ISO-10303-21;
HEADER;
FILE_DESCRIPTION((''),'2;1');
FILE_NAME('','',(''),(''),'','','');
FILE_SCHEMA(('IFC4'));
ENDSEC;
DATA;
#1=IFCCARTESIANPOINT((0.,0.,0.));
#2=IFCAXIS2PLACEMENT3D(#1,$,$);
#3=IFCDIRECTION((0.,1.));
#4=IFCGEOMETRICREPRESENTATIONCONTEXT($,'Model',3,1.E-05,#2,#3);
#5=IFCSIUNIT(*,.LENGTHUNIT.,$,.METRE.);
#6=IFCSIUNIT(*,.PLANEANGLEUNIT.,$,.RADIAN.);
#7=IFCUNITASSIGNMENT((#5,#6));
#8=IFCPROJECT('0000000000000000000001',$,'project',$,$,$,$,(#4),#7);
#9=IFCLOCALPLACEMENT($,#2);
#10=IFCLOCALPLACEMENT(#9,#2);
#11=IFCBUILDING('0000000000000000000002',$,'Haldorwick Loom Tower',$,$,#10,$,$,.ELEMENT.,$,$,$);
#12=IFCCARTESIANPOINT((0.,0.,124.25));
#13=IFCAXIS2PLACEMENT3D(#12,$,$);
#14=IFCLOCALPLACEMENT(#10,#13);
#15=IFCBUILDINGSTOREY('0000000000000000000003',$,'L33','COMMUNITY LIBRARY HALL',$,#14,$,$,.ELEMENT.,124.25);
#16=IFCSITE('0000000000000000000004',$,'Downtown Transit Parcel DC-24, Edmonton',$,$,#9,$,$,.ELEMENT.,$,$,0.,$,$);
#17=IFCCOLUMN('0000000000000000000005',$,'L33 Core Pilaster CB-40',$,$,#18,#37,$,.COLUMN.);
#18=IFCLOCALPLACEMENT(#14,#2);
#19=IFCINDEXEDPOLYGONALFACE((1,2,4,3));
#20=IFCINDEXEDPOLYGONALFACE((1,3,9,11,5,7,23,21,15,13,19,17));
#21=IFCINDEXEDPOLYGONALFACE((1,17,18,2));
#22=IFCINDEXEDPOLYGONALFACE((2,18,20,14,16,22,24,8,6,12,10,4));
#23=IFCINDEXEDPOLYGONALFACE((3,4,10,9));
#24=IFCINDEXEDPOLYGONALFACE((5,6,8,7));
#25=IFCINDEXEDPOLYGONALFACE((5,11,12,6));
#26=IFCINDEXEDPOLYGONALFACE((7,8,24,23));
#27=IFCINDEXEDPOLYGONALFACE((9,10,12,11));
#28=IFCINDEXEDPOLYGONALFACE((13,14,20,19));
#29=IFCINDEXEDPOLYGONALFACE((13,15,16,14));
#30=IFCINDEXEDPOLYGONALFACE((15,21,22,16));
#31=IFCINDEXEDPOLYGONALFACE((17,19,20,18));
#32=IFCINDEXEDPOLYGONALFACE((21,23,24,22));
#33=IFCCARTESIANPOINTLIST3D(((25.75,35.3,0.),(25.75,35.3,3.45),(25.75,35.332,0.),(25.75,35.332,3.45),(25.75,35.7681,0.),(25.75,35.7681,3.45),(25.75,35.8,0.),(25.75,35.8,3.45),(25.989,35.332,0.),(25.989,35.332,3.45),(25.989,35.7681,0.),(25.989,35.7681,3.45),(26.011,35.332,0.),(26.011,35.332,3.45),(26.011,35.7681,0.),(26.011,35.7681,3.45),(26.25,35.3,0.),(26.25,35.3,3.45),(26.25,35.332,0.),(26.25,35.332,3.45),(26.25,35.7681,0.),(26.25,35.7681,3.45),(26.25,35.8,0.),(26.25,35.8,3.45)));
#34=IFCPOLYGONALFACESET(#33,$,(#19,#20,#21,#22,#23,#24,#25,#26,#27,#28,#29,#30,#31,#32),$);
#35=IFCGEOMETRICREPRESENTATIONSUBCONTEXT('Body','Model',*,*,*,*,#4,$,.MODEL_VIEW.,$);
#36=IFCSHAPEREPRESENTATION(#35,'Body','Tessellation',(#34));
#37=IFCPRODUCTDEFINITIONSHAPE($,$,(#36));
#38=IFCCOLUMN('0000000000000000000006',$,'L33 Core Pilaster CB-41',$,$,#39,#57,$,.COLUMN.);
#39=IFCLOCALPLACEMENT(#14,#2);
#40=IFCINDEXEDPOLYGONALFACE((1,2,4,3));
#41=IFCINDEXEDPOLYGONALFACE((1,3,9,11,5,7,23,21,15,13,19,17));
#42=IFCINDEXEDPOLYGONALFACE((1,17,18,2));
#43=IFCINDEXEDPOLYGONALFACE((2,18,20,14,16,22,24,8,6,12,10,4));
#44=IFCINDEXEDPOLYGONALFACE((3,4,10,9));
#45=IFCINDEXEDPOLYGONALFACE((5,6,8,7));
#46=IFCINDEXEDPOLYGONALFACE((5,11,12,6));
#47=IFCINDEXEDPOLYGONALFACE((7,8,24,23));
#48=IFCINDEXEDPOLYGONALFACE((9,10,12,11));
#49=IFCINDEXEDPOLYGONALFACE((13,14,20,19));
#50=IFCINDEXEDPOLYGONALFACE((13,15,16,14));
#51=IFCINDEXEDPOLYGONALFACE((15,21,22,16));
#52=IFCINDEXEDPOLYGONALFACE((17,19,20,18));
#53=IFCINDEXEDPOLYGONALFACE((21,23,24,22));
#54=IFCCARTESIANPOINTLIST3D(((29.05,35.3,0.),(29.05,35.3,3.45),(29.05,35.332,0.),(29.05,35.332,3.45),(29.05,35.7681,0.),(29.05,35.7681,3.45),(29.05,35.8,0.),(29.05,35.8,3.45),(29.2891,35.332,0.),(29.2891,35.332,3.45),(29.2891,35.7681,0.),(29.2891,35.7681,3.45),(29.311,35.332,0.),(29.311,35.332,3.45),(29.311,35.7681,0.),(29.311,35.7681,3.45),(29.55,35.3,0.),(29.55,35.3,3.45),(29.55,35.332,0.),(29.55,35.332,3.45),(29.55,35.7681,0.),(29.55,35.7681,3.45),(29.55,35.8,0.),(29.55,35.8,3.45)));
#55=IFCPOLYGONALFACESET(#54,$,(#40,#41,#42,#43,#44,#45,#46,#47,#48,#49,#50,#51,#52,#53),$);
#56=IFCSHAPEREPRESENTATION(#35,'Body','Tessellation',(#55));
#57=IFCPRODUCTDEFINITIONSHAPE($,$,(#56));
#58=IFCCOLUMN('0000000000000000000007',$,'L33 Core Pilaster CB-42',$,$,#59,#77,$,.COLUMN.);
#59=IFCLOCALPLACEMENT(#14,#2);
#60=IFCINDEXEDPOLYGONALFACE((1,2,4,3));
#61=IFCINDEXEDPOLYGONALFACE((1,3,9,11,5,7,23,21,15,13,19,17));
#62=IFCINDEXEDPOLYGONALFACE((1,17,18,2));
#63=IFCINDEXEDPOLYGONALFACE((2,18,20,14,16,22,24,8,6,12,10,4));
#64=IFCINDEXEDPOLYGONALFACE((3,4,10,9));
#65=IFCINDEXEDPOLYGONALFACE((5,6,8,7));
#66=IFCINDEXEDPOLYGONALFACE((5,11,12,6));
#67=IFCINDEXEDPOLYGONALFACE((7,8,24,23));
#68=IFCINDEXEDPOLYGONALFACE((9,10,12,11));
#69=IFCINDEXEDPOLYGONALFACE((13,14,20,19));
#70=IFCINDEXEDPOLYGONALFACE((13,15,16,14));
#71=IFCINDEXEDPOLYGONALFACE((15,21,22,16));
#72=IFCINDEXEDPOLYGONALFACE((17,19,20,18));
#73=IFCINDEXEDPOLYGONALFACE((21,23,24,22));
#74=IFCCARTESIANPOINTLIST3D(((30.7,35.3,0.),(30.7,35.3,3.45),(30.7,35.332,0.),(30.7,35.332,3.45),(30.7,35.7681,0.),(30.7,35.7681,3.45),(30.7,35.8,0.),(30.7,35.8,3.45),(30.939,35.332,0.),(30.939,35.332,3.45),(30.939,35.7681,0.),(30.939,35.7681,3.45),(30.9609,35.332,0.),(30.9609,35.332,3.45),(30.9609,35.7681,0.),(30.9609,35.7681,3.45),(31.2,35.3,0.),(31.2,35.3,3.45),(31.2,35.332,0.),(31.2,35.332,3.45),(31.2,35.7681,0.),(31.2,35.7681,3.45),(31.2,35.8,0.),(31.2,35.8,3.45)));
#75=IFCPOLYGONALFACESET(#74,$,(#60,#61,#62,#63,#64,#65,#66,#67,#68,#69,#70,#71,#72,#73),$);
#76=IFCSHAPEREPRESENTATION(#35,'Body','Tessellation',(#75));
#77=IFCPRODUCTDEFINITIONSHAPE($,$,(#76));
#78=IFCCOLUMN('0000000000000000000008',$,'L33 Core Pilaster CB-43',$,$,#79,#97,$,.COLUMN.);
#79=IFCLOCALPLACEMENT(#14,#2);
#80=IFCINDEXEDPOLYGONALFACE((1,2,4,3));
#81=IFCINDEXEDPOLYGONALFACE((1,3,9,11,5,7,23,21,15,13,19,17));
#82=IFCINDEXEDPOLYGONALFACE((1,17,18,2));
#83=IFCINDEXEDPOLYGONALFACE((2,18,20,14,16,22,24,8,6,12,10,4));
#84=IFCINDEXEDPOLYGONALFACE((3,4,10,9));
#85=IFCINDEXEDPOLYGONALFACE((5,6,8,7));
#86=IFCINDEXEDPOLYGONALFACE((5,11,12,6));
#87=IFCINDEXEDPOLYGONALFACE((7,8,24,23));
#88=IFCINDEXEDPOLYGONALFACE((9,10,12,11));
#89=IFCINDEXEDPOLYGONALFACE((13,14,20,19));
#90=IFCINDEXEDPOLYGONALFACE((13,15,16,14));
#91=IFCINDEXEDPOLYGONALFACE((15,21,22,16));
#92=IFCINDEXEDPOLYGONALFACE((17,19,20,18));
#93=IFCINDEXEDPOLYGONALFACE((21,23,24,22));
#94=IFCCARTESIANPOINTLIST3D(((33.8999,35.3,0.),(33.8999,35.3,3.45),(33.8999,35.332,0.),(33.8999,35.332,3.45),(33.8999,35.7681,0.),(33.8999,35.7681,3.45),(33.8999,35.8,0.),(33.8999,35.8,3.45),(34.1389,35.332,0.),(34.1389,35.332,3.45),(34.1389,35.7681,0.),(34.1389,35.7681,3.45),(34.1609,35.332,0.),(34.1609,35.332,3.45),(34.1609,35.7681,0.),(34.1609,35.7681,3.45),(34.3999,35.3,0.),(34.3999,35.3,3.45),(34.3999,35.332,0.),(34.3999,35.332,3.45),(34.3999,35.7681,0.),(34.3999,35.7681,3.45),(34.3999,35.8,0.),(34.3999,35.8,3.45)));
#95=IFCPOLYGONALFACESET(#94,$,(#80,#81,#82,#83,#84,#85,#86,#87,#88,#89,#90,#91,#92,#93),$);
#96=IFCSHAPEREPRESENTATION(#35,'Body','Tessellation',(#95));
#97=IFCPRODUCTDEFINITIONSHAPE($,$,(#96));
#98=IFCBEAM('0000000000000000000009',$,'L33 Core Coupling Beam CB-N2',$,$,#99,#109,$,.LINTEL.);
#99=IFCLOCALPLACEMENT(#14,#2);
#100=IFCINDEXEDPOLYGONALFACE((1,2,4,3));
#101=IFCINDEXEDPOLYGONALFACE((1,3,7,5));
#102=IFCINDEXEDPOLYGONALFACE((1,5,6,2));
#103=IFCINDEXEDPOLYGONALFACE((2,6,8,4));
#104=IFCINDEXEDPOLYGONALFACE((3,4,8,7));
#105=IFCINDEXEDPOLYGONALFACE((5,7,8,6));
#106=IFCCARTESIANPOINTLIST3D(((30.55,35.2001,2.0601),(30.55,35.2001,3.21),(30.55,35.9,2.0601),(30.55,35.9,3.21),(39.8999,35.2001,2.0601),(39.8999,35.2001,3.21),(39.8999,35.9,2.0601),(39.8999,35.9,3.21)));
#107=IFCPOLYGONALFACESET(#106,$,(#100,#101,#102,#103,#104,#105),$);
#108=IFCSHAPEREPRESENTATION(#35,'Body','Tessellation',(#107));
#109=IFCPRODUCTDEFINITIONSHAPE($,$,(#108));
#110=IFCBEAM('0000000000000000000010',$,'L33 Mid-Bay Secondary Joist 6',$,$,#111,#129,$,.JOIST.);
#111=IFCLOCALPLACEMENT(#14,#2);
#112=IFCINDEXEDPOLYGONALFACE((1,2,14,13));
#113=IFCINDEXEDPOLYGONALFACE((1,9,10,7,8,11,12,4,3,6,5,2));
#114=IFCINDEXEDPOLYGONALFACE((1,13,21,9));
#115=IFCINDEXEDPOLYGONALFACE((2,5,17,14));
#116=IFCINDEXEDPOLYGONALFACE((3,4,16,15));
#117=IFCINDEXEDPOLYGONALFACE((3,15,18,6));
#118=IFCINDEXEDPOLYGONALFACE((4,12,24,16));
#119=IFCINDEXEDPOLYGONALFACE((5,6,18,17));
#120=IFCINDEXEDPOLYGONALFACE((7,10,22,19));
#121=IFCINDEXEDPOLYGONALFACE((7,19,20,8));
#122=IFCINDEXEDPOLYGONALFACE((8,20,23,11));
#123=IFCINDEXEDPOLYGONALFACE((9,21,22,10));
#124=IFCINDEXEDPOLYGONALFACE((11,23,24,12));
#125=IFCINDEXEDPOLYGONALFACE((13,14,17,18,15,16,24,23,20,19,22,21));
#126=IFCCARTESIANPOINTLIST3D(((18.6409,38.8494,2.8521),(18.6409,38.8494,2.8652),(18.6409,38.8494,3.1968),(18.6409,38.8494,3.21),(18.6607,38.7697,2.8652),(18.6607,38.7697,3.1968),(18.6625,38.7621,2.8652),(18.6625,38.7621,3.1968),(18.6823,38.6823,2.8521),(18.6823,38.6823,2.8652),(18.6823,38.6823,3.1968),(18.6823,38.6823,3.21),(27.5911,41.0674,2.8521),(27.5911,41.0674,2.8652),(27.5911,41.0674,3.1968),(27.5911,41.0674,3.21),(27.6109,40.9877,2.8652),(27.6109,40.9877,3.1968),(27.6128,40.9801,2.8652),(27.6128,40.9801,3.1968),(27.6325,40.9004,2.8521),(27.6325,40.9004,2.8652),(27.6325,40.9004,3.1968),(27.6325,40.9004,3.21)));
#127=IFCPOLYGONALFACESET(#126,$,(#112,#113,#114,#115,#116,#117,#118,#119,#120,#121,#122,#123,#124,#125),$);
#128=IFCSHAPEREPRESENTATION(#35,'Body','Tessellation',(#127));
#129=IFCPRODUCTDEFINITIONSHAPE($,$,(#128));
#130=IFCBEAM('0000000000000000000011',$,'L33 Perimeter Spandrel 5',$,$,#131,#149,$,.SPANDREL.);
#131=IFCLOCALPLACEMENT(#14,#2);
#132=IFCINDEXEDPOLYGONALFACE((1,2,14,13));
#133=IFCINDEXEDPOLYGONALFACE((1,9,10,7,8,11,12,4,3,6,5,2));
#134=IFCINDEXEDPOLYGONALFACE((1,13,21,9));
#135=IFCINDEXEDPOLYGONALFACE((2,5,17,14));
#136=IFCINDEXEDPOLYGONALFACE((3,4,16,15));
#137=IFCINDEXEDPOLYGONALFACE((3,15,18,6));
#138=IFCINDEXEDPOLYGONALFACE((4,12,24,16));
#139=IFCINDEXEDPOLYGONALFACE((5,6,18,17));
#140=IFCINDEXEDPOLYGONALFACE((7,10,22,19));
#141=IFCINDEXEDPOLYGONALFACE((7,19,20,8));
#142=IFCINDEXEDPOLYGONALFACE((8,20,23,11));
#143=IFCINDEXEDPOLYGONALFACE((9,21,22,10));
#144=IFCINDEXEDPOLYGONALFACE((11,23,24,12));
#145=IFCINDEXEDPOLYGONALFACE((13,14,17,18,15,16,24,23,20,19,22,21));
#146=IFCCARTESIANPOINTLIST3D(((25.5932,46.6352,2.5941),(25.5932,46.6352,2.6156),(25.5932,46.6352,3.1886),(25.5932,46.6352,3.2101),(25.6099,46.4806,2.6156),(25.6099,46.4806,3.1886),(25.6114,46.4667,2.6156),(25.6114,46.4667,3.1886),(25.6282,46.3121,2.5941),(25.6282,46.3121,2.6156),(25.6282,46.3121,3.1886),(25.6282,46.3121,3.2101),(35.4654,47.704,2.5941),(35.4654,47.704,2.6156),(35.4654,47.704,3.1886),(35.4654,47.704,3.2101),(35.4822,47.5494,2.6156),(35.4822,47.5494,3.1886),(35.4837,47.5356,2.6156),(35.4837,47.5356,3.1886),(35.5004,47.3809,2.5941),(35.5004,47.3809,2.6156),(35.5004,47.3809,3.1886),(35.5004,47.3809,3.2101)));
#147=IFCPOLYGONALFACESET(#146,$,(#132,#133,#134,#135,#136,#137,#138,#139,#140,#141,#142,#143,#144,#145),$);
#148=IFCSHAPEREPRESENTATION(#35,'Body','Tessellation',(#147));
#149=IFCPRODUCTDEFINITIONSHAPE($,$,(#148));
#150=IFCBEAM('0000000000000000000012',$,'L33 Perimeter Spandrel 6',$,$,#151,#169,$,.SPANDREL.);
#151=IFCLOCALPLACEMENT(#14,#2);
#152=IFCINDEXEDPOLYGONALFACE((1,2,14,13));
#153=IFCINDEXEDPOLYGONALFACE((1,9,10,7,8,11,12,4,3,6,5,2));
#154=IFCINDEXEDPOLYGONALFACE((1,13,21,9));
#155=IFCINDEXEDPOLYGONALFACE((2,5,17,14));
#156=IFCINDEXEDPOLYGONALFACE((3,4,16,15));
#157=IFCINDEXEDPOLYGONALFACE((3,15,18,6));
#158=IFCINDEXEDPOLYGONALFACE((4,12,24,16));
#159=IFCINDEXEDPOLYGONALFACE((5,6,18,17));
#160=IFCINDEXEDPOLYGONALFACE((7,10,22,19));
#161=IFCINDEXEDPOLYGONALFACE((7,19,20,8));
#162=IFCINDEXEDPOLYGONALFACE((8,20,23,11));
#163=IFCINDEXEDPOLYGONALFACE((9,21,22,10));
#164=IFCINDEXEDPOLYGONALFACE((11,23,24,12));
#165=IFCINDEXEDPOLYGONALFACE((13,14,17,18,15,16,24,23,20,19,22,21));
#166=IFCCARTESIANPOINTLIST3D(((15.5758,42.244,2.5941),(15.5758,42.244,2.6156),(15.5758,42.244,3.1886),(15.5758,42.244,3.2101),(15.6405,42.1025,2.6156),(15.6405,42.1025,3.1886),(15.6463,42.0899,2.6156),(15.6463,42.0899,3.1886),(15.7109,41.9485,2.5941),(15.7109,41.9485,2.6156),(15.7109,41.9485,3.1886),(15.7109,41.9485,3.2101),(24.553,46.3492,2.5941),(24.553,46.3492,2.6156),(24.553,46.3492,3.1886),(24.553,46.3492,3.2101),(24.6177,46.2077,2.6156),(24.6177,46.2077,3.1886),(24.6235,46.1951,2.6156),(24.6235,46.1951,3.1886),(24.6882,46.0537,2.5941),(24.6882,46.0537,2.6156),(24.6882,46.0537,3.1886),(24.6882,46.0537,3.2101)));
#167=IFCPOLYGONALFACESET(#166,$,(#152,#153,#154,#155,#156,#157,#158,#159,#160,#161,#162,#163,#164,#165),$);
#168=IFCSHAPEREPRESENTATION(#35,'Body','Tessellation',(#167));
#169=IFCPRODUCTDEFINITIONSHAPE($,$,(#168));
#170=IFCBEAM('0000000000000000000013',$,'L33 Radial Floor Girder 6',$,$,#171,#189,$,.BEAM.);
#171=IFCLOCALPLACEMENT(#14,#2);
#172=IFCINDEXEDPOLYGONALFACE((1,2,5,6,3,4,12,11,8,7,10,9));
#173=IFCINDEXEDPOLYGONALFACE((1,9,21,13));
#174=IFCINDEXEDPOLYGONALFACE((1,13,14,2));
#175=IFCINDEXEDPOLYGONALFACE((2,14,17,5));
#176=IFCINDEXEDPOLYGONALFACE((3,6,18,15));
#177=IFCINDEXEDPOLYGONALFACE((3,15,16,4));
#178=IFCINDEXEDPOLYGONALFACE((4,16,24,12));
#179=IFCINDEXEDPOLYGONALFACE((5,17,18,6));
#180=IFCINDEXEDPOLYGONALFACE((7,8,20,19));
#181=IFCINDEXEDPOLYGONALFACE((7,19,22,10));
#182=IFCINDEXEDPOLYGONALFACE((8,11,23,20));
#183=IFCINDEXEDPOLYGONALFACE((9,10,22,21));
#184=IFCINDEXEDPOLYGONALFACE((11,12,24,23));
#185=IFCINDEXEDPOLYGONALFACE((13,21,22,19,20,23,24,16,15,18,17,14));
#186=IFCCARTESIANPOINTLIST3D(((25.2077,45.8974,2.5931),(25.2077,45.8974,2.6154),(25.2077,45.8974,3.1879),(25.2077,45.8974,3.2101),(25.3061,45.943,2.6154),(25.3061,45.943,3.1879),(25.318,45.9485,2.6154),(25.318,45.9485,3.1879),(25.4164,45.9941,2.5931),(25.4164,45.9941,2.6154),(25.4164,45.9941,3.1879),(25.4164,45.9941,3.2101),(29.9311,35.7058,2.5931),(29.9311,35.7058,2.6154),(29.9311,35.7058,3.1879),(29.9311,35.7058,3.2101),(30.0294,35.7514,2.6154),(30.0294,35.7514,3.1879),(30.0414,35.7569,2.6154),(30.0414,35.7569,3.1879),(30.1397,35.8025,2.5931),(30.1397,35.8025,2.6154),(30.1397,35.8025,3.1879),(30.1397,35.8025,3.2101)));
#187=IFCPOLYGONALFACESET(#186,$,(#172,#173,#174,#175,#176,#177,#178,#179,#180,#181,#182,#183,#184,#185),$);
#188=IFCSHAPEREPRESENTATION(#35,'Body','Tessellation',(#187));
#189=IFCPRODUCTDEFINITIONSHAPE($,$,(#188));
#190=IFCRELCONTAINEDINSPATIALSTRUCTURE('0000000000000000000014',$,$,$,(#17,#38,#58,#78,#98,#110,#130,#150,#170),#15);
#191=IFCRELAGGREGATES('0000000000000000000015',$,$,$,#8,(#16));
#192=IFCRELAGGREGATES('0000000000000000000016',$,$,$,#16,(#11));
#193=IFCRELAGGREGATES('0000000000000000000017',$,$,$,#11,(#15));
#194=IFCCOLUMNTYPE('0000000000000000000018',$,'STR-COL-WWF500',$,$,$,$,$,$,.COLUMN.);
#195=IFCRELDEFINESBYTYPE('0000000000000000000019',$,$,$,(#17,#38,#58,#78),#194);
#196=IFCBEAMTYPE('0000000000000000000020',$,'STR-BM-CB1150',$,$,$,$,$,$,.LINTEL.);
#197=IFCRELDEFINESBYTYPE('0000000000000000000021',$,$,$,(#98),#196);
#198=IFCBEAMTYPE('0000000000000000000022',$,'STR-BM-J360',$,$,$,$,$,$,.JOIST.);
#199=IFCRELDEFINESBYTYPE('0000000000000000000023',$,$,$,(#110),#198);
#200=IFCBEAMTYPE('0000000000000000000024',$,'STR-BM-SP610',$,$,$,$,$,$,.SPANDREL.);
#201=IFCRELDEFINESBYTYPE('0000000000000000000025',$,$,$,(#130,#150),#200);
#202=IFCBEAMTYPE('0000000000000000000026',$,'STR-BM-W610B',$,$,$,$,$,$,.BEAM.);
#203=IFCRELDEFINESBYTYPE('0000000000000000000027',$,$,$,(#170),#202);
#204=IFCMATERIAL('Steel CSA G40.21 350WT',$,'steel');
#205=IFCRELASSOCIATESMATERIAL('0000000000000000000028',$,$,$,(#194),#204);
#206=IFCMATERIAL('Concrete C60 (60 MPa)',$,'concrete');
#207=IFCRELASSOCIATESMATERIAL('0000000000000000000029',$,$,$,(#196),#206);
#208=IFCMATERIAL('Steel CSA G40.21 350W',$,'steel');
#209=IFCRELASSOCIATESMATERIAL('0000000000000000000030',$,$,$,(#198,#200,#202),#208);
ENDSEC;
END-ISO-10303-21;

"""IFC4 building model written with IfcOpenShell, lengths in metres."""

from ifc_helpers import new_model, si_unit, direction, frame, origin, origin_2d, place, context, subcontext, project, spatial, rectangle, i_section, extrude, material, material_profile, profile_set, type_object, element, save


model = new_model("IFC4")

# Units and contexts
model_context = context("Model", 3, precision=1e-05, world=origin(), true_north=direction((0.0, 1.0)))
body_context = subcontext(model_context, "Body", "Model", "MODEL_VIEW")
ifc_project = project(units=[si_unit("LENGTHUNIT", "METRE"), si_unit("PLANEANGLEUNIT", "RADIAN")], contexts=[model_context])

# Site, building, storey
site_placement = place(None, origin())
site = spatial("IfcSite", under=ifc_project, at=site_placement, Name="Downtown Transit Parcel DC-24, Edmonton", CompositionType="ELEMENT", RefElevation=0.0)
building_placement = place(site_placement, origin())
building = spatial("IfcBuilding", under=site, at=building_placement, Name="Haldorwick Loom Tower", CompositionType="ELEMENT")
storey_placement = place(building_placement, frame((0.0, 0.0, 124.25)))
storey = spatial("IfcBuildingStorey", under=building, at=storey_placement, Name="L33", Description="COMMUNITY LIBRARY HALL", CompositionType="ELEMENT", Elevation=124.25)

# Columns
ifc_material_1 = material(Name="Concrete C60 (60 MPa)", Category="concrete")
ifc_material_2 = material(Name="Steel CSA G40.21 350WT", Category="steel")
ifc_material_profile_1 = material_profile(ifc_material_2, i_section(OverallWidth=0.5, OverallDepth=0.5, WebThickness=0.022, FlangeThickness=0.032, at=origin_2d()), Name="WWF500X500", Category="steel")
ifc_profile_set_1 = profile_set([ifc_material_profile_1], Name="Steel CSA G40.21 350WT")
column_type_1 = type_object("IfcColumnType", Name="STR-COL-WWF500", PredefinedType="COLUMN", material=ifc_profile_set_1)
for number, where, z_axis, x_axis, name in (
    (1, (26.0, 35.55, 0.0), (0.0, 0.0, 1.0), (1.0, 0.0, 0.0), "L33 Core Pilaster CB-40"),
    (2, (29.3, 35.55, 0.0), (0.0, 0.0, 1.0), (1.0, 0.0, 0.0), "L33 Core Pilaster CB-41"),
    (3, (30.95, 35.55, 0.0), (0.0, 0.0, 1.0), (1.0, 0.0, 0.0), "L33 Core Pilaster CB-42"),
    (4, (34.1499, 35.55, 0.0), (0.0, 0.0, 1.0), (1.0, 0.0, 0.0), "L33 Core Pilaster CB-43"),
):
    element("IfcColumn", number, at=place(storey_placement, frame(where, z_axis=z_axis, x_axis=x_axis)), inside=storey, type_object=column_type_1, Name=name, PredefinedType="COLUMN", context=body_context, shape_type="SweptSolid", body=[
        extrude(i_section(OverallWidth=0.5, OverallDepth=0.5, WebThickness=0.022, FlangeThickness=0.032, at=origin_2d()), origin(), (0.0, 0.0, 1.0), 3.45),
    ])

# Beams
ifc_material_profile_2 = material_profile(ifc_material_1, rectangle(XDim=0.7, YDim=1.1499, at=origin_2d()), Name="RC700X1150", Category="concrete")
ifc_profile_set_2 = profile_set([ifc_material_profile_2], Name="Concrete C60 (60 MPa)")
beam_type_1 = type_object("IfcBeamType", Name="STR-BM-CB1150", PredefinedType="LINTEL", material=ifc_profile_set_2)
beam_1_placement = place(storey_placement, frame((30.55, 35.55, 2.635), z_axis=(1.0, 0.0, 0.0), x_axis=(0.0, 1.0, 0.0)))
element("IfcBeam", 5, at=beam_1_placement, inside=storey, type_object=beam_type_1, Name="L33 Core Coupling Beam CB-N2", PredefinedType="LINTEL", context=body_context, shape_type="SweptSolid", body=[
    extrude(rectangle(XDim=0.7, YDim=1.1499, at=origin_2d()), origin(), (0.0, 0.0, 1.0), 9.3499),
])
ifc_material_3 = material(Name="Steel CSA G40.21 350W", Category="steel")
ifc_material_profile_3 = material_profile(ifc_material_3, i_section(OverallWidth=0.1721, OverallDepth=0.3579, WebThickness=0.0078, FlangeThickness=0.0132, at=origin_2d()), Name="W360X57", Category="steel")
ifc_profile_set_3 = profile_set([ifc_material_profile_3], Name="Steel CSA G40.21 350W")
beam_type_2 = type_object("IfcBeamType", Name="STR-BM-J360", PredefinedType="JOIST", material=ifc_profile_set_3)
beam_2_placement = place(storey_placement, frame((27.6118, 40.9839, 3.031), z_axis=(-0.970639, -0.240542, 0.0), x_axis=(0.240542, -0.970639, 0.0)))
element("IfcBeam", 6, at=beam_2_placement, inside=storey, type_object=beam_type_2, Name="L33 Mid-Bay Secondary Joist 6", PredefinedType="JOIST", context=body_context, shape_type="SweptSolid", body=[
    extrude(i_section(OverallWidth=0.1721, OverallDepth=0.3579, WebThickness=0.0078, FlangeThickness=0.0132, at=origin_2d()), origin(), (0.0, 0.0, 1.0), 9.2209),
])
ifc_material_profile_4 = material_profile(ifc_material_3, i_section(OverallWidth=0.325, OverallDepth=0.616, WebThickness=0.0139, FlangeThickness=0.0215, at=origin_2d()), Name="W610X174", Category="steel")
ifc_profile_set_4 = profile_set([ifc_material_profile_4], Name="Steel CSA G40.21 350W")
beam_type_3 = type_object("IfcBeamType", Name="STR-BM-SP610", PredefinedType="SPANDREL", material=ifc_profile_set_4)
beam_3_placement = place(storey_placement, frame((35.4829, 47.5425, 2.9021), z_axis=(-0.99419, -0.107638, 0.0), x_axis=(0.107638, -0.99419, 0.0)))
element("IfcBeam", 7, at=beam_3_placement, inside=storey, type_object=beam_type_3, Name="L33 Perimeter Spandrel 5", PredefinedType="SPANDREL", context=body_context, shape_type="SweptSolid", body=[
    extrude(i_section(OverallWidth=0.325, OverallDepth=0.616, WebThickness=0.0139, FlangeThickness=0.0215, at=origin_2d()), origin(), (0.0, 0.0, 1.0), 9.9299),
])
beam_4_placement = place(storey_placement, frame((24.6206, 46.2014, 2.9021), z_axis=(-0.909424, -0.41587, 0.0), x_axis=(0.41587, -0.909424, 0.0)))
element("IfcBeam", 8, at=beam_4_placement, inside=storey, type_object=beam_type_3, Name="L33 Perimeter Spandrel 6", PredefinedType="SPANDREL", context=body_context, shape_type="SweptSolid", body=[
    extrude(i_section(OverallWidth=0.325, OverallDepth=0.616, WebThickness=0.0139, FlangeThickness=0.0215, at=origin_2d()), origin(), (0.0, 0.0, 1.0), 9.8713),
])
ifc_material_profile_5 = material_profile(ifc_material_3, i_section(OverallWidth=0.23, OverallDepth=0.6169, WebThickness=0.0132, FlangeThickness=0.0222, at=origin_2d()), Name="W610X140", Category="steel")
ifc_profile_set_5 = profile_set([ifc_material_profile_5], Name="Steel CSA G40.21 350W")
beam_type_4 = type_object("IfcBeamType", Name="STR-BM-W610B", PredefinedType="BEAM", material=ifc_profile_set_5)
beam_5_placement = place(storey_placement, frame((30.0354, 35.7542, 2.9016), z_axis=(-0.420492, 0.907296, 0.0), x_axis=(-0.907296, -0.420492, 0.0)))
element("IfcBeam", 9, at=beam_5_placement, inside=storey, type_object=beam_type_4, Name="L33 Radial Floor Girder 6", PredefinedType="BEAM", context=body_context, shape_type="SweptSolid", body=[
    extrude(i_section(OverallWidth=0.23, OverallDepth=0.6169, WebThickness=0.0132, FlangeThickness=0.0222, at=origin_2d()), origin(), (0.0, 0.0, 1.0), 11.2329),
])

save(model, "model.ifc")
